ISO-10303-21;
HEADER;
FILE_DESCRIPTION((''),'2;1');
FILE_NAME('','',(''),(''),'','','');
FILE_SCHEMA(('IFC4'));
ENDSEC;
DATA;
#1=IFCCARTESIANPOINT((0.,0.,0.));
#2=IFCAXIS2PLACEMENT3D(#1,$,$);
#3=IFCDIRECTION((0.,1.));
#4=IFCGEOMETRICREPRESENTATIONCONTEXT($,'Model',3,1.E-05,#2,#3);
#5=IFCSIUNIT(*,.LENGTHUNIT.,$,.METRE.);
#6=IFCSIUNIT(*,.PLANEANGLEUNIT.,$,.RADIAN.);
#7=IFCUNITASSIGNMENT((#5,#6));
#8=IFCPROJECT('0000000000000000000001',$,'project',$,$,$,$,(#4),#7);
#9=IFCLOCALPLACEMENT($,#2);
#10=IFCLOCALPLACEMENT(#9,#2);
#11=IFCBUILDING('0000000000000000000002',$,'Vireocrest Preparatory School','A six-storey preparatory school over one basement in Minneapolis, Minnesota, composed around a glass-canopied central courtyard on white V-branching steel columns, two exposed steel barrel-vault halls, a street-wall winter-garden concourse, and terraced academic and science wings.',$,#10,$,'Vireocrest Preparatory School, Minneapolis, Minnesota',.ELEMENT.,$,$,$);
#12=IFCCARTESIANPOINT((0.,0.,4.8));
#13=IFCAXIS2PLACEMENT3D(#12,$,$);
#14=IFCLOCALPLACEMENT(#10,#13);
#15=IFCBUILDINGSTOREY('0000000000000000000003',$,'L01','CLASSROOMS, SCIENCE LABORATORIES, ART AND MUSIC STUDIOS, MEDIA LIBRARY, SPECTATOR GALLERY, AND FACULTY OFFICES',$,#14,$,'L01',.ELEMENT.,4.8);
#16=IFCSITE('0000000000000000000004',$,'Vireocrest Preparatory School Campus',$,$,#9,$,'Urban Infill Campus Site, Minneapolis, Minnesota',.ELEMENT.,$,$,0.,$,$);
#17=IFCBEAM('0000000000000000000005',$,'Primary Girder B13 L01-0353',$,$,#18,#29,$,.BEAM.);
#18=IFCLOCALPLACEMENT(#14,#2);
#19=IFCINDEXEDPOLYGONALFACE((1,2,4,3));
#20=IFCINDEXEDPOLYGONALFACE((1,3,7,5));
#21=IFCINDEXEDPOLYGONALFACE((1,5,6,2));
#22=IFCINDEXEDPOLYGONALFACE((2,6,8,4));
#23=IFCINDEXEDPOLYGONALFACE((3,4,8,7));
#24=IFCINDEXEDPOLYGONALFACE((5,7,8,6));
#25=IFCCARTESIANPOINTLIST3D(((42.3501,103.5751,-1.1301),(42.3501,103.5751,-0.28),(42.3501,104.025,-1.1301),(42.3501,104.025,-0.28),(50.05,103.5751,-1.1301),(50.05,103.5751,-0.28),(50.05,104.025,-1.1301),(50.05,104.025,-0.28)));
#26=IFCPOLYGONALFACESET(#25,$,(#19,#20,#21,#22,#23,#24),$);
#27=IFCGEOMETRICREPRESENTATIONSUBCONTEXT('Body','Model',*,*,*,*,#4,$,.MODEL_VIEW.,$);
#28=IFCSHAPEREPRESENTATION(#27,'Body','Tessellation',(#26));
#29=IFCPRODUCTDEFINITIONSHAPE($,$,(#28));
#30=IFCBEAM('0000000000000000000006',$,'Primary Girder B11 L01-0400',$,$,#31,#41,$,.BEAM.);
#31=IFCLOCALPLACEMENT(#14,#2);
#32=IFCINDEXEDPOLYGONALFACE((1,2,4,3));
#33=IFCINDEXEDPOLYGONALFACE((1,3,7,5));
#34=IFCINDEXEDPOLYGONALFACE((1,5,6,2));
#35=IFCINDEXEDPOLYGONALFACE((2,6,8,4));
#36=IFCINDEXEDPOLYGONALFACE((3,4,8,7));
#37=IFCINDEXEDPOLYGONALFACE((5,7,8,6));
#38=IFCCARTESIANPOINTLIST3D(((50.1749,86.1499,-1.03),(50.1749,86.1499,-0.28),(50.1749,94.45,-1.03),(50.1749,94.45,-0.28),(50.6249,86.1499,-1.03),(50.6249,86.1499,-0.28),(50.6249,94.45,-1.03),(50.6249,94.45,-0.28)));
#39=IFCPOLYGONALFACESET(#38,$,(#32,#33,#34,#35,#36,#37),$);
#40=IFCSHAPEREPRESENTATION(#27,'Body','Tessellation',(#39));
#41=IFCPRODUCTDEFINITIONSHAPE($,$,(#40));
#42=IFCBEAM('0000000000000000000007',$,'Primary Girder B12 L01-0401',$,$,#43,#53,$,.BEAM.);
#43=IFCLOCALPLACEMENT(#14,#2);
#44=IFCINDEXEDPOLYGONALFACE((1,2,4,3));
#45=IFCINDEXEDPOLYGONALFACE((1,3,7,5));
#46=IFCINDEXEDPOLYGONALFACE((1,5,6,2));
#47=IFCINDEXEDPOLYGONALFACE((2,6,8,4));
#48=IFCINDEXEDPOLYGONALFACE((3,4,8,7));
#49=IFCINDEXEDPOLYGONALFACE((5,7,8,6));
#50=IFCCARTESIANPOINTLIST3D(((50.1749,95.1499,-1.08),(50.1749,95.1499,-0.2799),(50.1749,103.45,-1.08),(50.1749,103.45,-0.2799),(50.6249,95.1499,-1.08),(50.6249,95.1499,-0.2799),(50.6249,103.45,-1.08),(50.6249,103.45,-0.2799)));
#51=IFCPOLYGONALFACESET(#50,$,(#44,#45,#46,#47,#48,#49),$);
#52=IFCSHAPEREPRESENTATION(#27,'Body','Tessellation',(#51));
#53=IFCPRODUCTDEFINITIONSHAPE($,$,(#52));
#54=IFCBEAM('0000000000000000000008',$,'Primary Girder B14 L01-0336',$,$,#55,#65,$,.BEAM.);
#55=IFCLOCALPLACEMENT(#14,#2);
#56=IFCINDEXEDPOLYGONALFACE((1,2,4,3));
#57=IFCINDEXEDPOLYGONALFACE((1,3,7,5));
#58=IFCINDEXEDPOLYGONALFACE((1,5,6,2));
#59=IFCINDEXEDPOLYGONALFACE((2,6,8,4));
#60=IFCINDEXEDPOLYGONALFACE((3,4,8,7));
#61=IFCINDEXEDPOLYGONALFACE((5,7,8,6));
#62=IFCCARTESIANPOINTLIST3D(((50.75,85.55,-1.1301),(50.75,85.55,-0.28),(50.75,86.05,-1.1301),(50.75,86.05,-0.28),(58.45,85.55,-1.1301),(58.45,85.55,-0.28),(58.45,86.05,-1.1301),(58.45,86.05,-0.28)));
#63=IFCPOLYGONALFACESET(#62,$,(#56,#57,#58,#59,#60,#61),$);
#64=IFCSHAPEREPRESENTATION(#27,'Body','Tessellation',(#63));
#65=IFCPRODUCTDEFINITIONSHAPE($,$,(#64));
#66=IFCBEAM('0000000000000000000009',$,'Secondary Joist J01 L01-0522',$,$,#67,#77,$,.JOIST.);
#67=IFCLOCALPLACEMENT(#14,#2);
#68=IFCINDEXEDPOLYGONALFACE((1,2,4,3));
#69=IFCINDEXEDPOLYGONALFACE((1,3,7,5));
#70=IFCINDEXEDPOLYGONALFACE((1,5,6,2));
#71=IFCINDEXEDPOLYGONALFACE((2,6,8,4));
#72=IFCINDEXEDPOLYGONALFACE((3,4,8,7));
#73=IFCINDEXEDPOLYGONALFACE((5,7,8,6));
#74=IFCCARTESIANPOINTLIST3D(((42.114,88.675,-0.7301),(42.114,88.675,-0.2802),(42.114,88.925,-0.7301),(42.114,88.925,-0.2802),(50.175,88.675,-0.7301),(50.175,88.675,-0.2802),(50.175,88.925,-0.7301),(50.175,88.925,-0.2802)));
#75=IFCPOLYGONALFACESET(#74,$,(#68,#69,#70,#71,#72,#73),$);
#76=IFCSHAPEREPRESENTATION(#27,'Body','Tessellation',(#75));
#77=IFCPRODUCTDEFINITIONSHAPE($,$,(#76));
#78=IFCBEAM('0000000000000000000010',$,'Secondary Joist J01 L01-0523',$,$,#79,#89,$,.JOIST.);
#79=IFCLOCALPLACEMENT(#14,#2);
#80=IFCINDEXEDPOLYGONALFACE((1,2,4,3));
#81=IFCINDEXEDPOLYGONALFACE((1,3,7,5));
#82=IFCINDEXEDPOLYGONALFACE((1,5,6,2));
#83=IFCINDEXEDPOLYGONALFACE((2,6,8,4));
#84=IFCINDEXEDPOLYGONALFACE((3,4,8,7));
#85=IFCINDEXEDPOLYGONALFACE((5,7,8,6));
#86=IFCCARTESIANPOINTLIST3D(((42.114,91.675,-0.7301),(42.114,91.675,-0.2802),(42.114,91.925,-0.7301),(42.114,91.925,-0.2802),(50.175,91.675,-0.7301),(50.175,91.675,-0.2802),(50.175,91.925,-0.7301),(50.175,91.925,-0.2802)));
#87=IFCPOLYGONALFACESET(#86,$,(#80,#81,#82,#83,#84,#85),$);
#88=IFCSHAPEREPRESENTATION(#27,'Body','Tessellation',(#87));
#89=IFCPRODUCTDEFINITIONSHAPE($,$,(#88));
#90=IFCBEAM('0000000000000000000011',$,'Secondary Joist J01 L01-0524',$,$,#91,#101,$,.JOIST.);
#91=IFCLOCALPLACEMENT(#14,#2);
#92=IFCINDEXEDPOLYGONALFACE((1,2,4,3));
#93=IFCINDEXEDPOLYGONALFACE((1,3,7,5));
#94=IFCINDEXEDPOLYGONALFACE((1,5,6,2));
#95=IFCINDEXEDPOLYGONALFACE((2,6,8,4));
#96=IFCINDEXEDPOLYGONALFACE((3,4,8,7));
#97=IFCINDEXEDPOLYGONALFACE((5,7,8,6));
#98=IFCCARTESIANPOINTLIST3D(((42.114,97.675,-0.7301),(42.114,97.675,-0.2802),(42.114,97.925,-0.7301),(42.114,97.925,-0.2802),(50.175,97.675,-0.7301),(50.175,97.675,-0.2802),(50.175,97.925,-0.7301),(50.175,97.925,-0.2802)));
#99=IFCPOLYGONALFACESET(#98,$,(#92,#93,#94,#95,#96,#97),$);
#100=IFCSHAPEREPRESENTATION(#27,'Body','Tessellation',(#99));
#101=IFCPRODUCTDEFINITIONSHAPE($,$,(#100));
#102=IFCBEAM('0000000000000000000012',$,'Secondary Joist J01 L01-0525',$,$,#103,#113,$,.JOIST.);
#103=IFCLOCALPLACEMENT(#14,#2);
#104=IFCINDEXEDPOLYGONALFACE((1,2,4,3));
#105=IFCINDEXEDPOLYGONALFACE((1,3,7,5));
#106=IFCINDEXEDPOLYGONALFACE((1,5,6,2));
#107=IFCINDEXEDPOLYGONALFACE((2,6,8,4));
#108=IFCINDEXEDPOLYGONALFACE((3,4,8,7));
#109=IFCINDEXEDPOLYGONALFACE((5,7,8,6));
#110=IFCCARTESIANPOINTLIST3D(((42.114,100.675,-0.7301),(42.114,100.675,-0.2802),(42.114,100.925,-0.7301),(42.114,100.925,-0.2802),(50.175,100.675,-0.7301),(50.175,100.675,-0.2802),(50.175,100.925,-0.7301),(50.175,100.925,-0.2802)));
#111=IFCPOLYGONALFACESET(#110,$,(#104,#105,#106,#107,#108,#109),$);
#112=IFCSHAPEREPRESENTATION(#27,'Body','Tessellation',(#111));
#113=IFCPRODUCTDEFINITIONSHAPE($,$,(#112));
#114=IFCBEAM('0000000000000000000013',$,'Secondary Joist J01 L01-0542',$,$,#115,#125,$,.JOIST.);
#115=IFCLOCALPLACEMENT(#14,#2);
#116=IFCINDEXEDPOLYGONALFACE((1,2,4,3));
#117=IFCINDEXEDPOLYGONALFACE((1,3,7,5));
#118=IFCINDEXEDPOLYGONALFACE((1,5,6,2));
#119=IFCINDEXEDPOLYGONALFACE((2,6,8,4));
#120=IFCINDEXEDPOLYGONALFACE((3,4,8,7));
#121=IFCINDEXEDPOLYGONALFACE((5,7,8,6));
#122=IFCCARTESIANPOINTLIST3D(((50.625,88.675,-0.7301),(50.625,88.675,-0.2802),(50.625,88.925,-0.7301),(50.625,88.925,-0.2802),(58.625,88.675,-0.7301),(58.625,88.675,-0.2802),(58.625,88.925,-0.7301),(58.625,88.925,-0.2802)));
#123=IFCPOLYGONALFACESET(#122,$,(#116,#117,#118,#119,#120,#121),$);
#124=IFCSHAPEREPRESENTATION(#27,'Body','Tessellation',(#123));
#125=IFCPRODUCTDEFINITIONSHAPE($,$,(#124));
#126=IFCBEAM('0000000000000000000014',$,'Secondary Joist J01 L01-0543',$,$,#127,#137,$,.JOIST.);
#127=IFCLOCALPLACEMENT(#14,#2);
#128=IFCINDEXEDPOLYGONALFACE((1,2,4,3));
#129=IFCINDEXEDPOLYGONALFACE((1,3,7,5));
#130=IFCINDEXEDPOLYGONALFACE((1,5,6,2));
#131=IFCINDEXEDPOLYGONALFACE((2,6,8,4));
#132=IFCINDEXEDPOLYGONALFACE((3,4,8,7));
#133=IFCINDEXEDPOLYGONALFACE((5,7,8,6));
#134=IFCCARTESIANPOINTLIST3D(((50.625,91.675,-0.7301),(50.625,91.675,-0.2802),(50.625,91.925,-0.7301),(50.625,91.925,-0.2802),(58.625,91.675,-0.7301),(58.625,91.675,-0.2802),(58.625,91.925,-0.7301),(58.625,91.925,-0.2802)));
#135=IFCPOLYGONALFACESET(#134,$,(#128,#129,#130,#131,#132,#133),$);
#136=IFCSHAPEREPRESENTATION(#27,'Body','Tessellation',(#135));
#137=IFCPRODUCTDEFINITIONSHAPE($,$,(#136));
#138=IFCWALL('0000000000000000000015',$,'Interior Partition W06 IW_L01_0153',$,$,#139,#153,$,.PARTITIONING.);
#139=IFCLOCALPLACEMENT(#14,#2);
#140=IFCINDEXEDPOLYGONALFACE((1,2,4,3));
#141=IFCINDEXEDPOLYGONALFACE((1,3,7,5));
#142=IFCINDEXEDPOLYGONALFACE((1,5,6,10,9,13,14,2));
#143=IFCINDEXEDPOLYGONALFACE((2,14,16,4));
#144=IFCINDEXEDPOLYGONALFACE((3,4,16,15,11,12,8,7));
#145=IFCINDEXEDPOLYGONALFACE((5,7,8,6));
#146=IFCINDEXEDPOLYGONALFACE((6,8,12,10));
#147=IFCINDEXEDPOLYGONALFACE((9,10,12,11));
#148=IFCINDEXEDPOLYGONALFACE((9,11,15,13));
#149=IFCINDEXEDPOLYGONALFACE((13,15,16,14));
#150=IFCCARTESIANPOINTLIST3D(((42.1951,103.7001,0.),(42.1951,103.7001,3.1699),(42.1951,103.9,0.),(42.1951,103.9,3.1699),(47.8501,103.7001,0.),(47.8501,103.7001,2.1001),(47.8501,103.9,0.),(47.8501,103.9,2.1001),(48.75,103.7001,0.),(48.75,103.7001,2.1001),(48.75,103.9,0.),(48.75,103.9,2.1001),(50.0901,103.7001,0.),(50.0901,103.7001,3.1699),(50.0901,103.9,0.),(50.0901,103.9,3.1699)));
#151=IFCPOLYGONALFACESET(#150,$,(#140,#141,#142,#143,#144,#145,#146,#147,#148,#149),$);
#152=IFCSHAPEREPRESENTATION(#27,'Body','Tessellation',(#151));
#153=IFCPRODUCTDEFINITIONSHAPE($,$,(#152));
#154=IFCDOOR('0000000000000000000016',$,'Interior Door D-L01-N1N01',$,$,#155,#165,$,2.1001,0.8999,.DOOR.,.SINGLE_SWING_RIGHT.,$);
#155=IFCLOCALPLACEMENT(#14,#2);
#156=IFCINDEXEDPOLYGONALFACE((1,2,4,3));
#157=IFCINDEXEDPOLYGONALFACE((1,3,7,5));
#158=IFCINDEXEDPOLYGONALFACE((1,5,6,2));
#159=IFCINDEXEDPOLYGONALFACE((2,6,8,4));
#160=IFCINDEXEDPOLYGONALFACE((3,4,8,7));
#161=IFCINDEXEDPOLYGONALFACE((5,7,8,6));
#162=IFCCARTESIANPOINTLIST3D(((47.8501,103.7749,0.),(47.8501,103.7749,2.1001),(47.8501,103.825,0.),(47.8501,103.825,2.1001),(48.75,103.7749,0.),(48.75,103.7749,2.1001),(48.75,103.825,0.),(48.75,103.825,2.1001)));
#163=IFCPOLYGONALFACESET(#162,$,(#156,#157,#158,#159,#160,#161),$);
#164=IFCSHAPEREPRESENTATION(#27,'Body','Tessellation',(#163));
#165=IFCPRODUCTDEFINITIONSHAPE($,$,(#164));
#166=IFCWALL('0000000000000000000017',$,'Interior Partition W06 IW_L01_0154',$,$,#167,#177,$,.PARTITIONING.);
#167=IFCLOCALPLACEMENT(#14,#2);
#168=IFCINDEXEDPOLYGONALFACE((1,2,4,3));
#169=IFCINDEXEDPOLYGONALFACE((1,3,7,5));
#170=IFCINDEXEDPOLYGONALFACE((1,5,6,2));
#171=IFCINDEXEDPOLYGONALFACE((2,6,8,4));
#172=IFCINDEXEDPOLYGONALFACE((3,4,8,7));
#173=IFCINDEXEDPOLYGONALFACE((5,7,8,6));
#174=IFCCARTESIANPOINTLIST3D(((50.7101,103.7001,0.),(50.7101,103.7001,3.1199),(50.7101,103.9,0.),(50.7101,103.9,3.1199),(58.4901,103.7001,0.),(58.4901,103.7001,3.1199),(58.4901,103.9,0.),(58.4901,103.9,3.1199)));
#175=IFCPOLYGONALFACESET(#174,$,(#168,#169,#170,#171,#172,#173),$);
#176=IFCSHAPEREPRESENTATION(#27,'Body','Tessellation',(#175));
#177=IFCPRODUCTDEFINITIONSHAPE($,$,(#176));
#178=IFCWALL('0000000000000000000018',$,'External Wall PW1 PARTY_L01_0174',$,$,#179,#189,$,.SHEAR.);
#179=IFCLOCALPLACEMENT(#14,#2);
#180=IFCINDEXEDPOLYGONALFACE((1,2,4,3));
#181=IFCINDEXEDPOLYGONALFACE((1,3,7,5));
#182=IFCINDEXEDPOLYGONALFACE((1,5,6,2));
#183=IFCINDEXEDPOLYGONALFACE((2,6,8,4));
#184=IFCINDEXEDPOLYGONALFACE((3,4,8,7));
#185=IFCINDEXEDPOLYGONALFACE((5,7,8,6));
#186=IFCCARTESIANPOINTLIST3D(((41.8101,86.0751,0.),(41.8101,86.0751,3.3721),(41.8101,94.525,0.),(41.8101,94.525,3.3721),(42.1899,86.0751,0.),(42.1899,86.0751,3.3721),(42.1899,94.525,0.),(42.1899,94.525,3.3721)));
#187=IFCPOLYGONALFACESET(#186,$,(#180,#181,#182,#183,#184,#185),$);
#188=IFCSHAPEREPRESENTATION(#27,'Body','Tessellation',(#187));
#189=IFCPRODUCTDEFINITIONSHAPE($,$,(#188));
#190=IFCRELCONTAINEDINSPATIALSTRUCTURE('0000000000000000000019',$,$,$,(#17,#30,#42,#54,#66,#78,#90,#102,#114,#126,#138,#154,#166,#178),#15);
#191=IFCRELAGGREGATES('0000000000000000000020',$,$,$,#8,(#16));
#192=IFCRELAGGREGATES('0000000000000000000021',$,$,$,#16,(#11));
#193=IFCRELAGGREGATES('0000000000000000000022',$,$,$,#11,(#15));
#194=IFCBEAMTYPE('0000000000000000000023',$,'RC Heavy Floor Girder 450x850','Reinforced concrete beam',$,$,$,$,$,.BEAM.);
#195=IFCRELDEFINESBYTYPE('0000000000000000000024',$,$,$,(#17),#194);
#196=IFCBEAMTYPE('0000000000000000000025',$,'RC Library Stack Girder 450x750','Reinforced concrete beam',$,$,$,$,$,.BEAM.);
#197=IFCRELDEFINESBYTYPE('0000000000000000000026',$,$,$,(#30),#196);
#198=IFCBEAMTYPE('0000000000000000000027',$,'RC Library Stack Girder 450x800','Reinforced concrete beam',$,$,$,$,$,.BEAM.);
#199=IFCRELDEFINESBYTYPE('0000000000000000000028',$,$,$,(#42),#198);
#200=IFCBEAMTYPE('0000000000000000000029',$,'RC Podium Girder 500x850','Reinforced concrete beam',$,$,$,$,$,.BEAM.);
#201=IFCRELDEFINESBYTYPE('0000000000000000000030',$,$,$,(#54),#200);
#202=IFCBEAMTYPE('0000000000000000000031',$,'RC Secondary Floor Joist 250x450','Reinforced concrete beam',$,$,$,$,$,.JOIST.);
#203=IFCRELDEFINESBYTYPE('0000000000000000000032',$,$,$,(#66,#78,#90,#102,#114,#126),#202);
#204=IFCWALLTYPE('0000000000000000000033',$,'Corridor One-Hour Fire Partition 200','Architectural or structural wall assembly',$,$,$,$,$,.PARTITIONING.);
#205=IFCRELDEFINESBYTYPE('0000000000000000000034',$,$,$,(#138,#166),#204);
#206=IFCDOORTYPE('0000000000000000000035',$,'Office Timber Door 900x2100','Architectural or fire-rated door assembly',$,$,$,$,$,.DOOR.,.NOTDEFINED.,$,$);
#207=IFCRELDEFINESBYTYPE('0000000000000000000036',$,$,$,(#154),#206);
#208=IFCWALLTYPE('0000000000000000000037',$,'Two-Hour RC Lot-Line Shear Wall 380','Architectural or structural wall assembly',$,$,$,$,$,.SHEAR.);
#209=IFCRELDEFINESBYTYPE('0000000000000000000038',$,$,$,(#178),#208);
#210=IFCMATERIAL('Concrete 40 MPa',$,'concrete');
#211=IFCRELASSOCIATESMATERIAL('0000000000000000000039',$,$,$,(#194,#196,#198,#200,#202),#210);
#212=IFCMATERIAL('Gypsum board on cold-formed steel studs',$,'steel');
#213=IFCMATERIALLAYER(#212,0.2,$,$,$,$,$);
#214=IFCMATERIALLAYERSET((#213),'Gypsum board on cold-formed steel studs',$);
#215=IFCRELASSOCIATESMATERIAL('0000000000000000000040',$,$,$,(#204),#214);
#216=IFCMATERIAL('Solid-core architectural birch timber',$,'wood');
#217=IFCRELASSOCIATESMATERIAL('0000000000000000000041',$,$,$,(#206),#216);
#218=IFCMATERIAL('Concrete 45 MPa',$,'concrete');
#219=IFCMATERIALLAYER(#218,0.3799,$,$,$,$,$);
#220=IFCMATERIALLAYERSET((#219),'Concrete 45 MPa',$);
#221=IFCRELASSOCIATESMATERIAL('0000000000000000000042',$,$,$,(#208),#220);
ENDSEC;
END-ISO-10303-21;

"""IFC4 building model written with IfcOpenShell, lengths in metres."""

from ifc_helpers import new_model, si_unit, direction, frame, frame_2d, origin, origin_2d, place, context, subcontext, project, spatial, rectangle, extrude, material, layer, layer_set, material_profile, profile_set, type_object, element, fill, save


model = new_model("IFC4")

# Units and contexts
model_context = context("Model", 3, precision=1e-05, world=origin(), true_north=direction((0.0, 1.0)))
body_context = subcontext(model_context, "Body", "Model", "MODEL_VIEW")
ifc_project = project(units=[si_unit("LENGTHUNIT", "METRE"), si_unit("PLANEANGLEUNIT", "RADIAN")], contexts=[model_context])

# Site, building, storey
site_placement = place(None, origin())
site = spatial("IfcSite", under=ifc_project, at=site_placement, Name="Vireocrest Preparatory School Campus", LongName="Urban Infill Campus Site, Minneapolis, Minnesota", CompositionType="ELEMENT", RefElevation=0.0)
building_placement = place(site_placement, origin())
building = spatial("IfcBuilding", under=site, at=building_placement, Name="Vireocrest Preparatory School", Description="A six-storey preparatory school over one basement in Minneapolis, Minnesota, composed around a glass-canopied central courtyard on white V-branching steel columns, two exposed steel barrel-vault halls, a street-wall winter-garden concourse, and terraced academic and science wings.", LongName="Vireocrest Preparatory School, Minneapolis, Minnesota", CompositionType="ELEMENT")
storey_placement = place(building_placement, frame((0.0, 0.0, 4.8)))
storey = spatial("IfcBuildingStorey", under=building, at=storey_placement, Name="L01", Description="CLASSROOMS, SCIENCE LABORATORIES, ART AND MUSIC STUDIOS, MEDIA LIBRARY, SPECTATOR GALLERY, AND FACULTY OFFICES", LongName="L01", CompositionType="ELEMENT", Elevation=4.8)

# Shared definitions
ifc_material_1 = material(Name="Concrete 45 MPa", Category="concrete")

# Beams
ifc_material_2 = material(Name="Concrete 40 MPa", Category="concrete")
ifc_material_profile_1 = material_profile(ifc_material_2, rectangle(XDim=0.45, YDim=0.8501, at=origin_2d()), Name="RC 450x850")
ifc_profile_set_1 = profile_set([ifc_material_profile_1], Name="Concrete 40 MPa")
beam_type_1 = type_object("IfcBeamType", Name="RC Heavy Floor Girder 450x850", Description="Reinforced concrete beam", PredefinedType="BEAM", material=ifc_profile_set_1)
for number, where, z_axis, x_axis, name in (
    (1, (42.3501, 103.8, -0.7051), (1.0, 0.0, 0.0), (0.0, 1.0, 0.0), "Primary Girder B13 L01-0353"),
):
    element("IfcBeam", number, at=place(storey_placement, frame(where, z_axis=z_axis, x_axis=x_axis)), inside=storey, type_object=beam_type_1, Name=name, PredefinedType="BEAM", context=body_context, shape_type="SweptSolid", body=[
        extrude(rectangle(XDim=0.45, YDim=0.8501, at=origin_2d()), origin(), (0.0, 0.0, 1.0), 7.7),
    ])
ifc_material_profile_2 = material_profile(ifc_material_2, rectangle(XDim=0.45, YDim=0.75, at=origin_2d()), Name="RC 450x750")
ifc_profile_set_2 = profile_set([ifc_material_profile_2], Name="Concrete 40 MPa")
beam_type_2 = type_object("IfcBeamType", Name="RC Library Stack Girder 450x750", Description="Reinforced concrete beam", PredefinedType="BEAM", material=ifc_profile_set_2)
beam_1_placement = place(storey_placement, frame((50.3999, 86.1499, -0.655), z_axis=(0.0, 1.0, 0.0), x_axis=(-1.0, 0.0, 0.0)))
element("IfcBeam", 2, at=beam_1_placement, inside=storey, type_object=beam_type_2, Name="Primary Girder B11 L01-0400", PredefinedType="BEAM", context=body_context, shape_type="SweptSolid", body=[
    extrude(rectangle(XDim=0.45, YDim=0.75, at=origin_2d()), origin(), (0.0, 0.0, 1.0), 8.3),
])
ifc_material_profile_3 = material_profile(ifc_material_2, rectangle(XDim=0.45, YDim=0.8, at=origin_2d()), Name="RC 450x800")
ifc_profile_set_3 = profile_set([ifc_material_profile_3], Name="Concrete 40 MPa")
beam_type_3 = type_object("IfcBeamType", Name="RC Library Stack Girder 450x800", Description="Reinforced concrete beam", PredefinedType="BEAM", material=ifc_profile_set_3)
beam_2_placement = place(storey_placement, frame((50.3999, 95.1499, -0.6799), z_axis=(0.0, 1.0, 0.0), x_axis=(-1.0, 0.0, 0.0)))
element("IfcBeam", 3, at=beam_2_placement, inside=storey, type_object=beam_type_3, Name="Primary Girder B12 L01-0401", PredefinedType="BEAM", context=body_context, shape_type="SweptSolid", body=[
    extrude(rectangle(XDim=0.45, YDim=0.8, at=origin_2d()), origin(), (0.0, 0.0, 1.0), 8.3),
])
ifc_material_profile_4 = material_profile(ifc_material_2, rectangle(XDim=0.5, YDim=0.8501, at=origin_2d()), Name="RC 500x850")
ifc_profile_set_4 = profile_set([ifc_material_profile_4], Name="Concrete 40 MPa")
beam_type_4 = type_object("IfcBeamType", Name="RC Podium Girder 500x850", Description="Reinforced concrete beam", PredefinedType="BEAM", material=ifc_profile_set_4)
beam_3_placement = place(storey_placement, frame((50.75, 85.8, -0.7051), z_axis=(1.0, 0.0, 0.0), x_axis=(0.0, 1.0, 0.0)))
element("IfcBeam", 4, at=beam_3_placement, inside=storey, type_object=beam_type_4, Name="Primary Girder B14 L01-0336", PredefinedType="BEAM", context=body_context, shape_type="SweptSolid", body=[
    extrude(rectangle(XDim=0.5, YDim=0.8501, at=origin_2d()), origin(), (0.0, 0.0, 1.0), 7.7),
])
ifc_material_profile_5 = material_profile(ifc_material_2, rectangle(XDim=0.25, YDim=0.45, at=origin_2d()), Name="RC 250x450")
ifc_profile_set_5 = profile_set([ifc_material_profile_5], Name="Concrete 40 MPa")
beam_type_5 = type_object("IfcBeamType", Name="RC Secondary Floor Joist 250x450", Description="Reinforced concrete beam", PredefinedType="JOIST", material=ifc_profile_set_5)
for number, where, z_axis, x_axis, name in (
    (5, (42.114, 88.8, -0.5051), (1.0, 0.0, 0.0), (0.0, 1.0, 0.0), "Secondary Joist J01 L01-0522"),
    (6, (42.114, 91.8, -0.5051), (1.0, 0.0, 0.0), (0.0, 1.0, 0.0), "Secondary Joist J01 L01-0523"),
    (7, (42.114, 97.8, -0.5051), (1.0, 0.0, 0.0), (0.0, 1.0, 0.0), "Secondary Joist J01 L01-0524"),
    (8, (42.114, 100.8, -0.5051), (1.0, 0.0, 0.0), (0.0, 1.0, 0.0), "Secondary Joist J01 L01-0525"),
):
    element("IfcBeam", number, at=place(storey_placement, frame(where, z_axis=z_axis, x_axis=x_axis)), inside=storey, type_object=beam_type_5, Name=name, PredefinedType="JOIST", context=body_context, shape_type="SweptSolid", body=[
        extrude(rectangle(XDim=0.25, YDim=0.45, at=origin_2d()), origin(), (0.0, 0.0, 1.0), 8.061),
    ])
for number, where, z_axis, x_axis, name in (
    (9, (50.625, 88.8, -0.5051), (1.0, 0.0, 0.0), (0.0, 1.0, 0.0), "Secondary Joist J01 L01-0542"),
    (10, (50.625, 91.8, -0.5051), (1.0, 0.0, 0.0), (0.0, 1.0, 0.0), "Secondary Joist J01 L01-0543"),
):
    element("IfcBeam", number, at=place(storey_placement, frame(where, z_axis=z_axis, x_axis=x_axis)), inside=storey, type_object=beam_type_5, Name=name, PredefinedType="JOIST", context=body_context, shape_type="SweptSolid", body=[
        extrude(rectangle(XDim=0.25, YDim=0.45, at=origin_2d()), origin(), (0.0, 0.0, 1.0), 8.0),
    ])

# Wall, opening, door
ifc_material_3 = material(Name="Gypsum board on cold-formed steel studs", Category="steel")
ifc_layer_1 = layer(ifc_material_3, 0.2)
ifc_layer_set_1 = layer_set([ifc_layer_1], Name="Gypsum board on cold-formed steel studs")
wall_type_1 = type_object("IfcWallType", Name="Corridor One-Hour Fire Partition 200", Description="Architectural or structural wall assembly", PredefinedType="PARTITIONING", material=ifc_layer_set_1)
wall_1_placement = place(storey_placement, frame((42.1951, 103.8, 0.0), z_axis=(0.0, 0.0, 1.0), x_axis=(1.0, 0.0, 0.0)))
wall_1 = element("IfcWall", 11, at=wall_1_placement, inside=storey, type_object=wall_type_1, Name="Interior Partition W06 IW_L01_0153", PredefinedType="PARTITIONING", context=body_context, shape_type="SweptSolid", body=[
    extrude(rectangle(XDim=7.895, YDim=0.2, at=frame_2d((3.9475, 0.0))), origin(), (0.0, 0.0, 1.0), 3.1699),
])
opening_1_placement = place(wall_1_placement, frame((5.655, 0.0, 0.0)))
opening_1 = element("IfcOpeningElement", 12, at=opening_1_placement, cuts=wall_1, PredefinedType="OPENING", context=body_context, shape_type="SweptSolid", body=[
    extrude(rectangle(XDim=0.8999, YDim=2.1001, at=frame_2d((0.45, 1.05))), frame((0.0, 0.1099, 0.0), z_axis=(0.0, -1.0, 0.0), x_axis=(1.0, 0.0, 0.0)), (0.0, 0.0, 1.0), 0.22),
])
ifc_material_4 = material(Name="Solid-core architectural birch timber", Category="wood")
door_type_1 = type_object("IfcDoorType", Name="Office Timber Door 900x2100", Description="Architectural or fire-rated door assembly", OperationType="NOTDEFINED", PredefinedType="DOOR", material=ifc_material_4)
door_1_placement = place(opening_1_placement, origin())
door_1 = element("IfcDoor", 13, at=door_1_placement, inside=storey, type_object=door_type_1, Name="Interior Door D-L01-N1N01", OperationType="SINGLE_SWING_RIGHT", OverallHeight=2.1001, OverallWidth=0.8999, PredefinedType="DOOR", context=body_context, shape_type="SweptSolid", body=[
    extrude(rectangle(XDim=0.8999, YDim=2.1001, at=frame_2d((0.45, 1.05))), frame((0.0, 0.0249, 0.0), z_axis=(0.0, -1.0, 0.0), x_axis=(1.0, 0.0, 0.0)), (0.0, 0.0, 1.0), 0.05),
])
fill(opening_1, door_1)

# Walls
wall_2_placement = place(storey_placement, frame((50.71, 103.8, 0.0), z_axis=(0.0, 0.0, 1.0), x_axis=(1.0, 0.0, 0.0)))
element("IfcWall", 14, at=wall_2_placement, inside=storey, type_object=wall_type_1, Name="Interior Partition W06 IW_L01_0154", PredefinedType="PARTITIONING", context=body_context, shape_type="SweptSolid", body=[
    extrude(rectangle(XDim=7.78, YDim=0.2, at=frame_2d((3.8901, 0.0))), origin(), (0.0, 0.0, 1.0), 3.1199),
])
ifc_layer_2 = layer(ifc_material_1, 0.3799)
ifc_layer_set_2 = layer_set([ifc_layer_2], Name="Concrete 45 MPa")
wall_type_2 = type_object("IfcWallType", Name="Two-Hour RC Lot-Line Shear Wall 380", Description="Architectural or structural wall assembly", PredefinedType="SHEAR", material=ifc_layer_set_2)
wall_3_placement = place(storey_placement, frame((42.0, 86.075, 0.0), z_axis=(0.0, 0.0, 1.0), x_axis=(0.0, 1.0, 0.0)))
element("IfcWall", 15, at=wall_3_placement, inside=storey, type_object=wall_type_2, Name="External Wall PW1 PARTY_L01_0174", PredefinedType="SHEAR", context=body_context, shape_type="SweptSolid", body=[
    extrude(rectangle(XDim=8.45, YDim=0.3799, at=frame_2d((4.2251, 0.0))), origin(), (0.0, 0.0, 1.0), 3.3721),
])

save(model, "model.ifc")
